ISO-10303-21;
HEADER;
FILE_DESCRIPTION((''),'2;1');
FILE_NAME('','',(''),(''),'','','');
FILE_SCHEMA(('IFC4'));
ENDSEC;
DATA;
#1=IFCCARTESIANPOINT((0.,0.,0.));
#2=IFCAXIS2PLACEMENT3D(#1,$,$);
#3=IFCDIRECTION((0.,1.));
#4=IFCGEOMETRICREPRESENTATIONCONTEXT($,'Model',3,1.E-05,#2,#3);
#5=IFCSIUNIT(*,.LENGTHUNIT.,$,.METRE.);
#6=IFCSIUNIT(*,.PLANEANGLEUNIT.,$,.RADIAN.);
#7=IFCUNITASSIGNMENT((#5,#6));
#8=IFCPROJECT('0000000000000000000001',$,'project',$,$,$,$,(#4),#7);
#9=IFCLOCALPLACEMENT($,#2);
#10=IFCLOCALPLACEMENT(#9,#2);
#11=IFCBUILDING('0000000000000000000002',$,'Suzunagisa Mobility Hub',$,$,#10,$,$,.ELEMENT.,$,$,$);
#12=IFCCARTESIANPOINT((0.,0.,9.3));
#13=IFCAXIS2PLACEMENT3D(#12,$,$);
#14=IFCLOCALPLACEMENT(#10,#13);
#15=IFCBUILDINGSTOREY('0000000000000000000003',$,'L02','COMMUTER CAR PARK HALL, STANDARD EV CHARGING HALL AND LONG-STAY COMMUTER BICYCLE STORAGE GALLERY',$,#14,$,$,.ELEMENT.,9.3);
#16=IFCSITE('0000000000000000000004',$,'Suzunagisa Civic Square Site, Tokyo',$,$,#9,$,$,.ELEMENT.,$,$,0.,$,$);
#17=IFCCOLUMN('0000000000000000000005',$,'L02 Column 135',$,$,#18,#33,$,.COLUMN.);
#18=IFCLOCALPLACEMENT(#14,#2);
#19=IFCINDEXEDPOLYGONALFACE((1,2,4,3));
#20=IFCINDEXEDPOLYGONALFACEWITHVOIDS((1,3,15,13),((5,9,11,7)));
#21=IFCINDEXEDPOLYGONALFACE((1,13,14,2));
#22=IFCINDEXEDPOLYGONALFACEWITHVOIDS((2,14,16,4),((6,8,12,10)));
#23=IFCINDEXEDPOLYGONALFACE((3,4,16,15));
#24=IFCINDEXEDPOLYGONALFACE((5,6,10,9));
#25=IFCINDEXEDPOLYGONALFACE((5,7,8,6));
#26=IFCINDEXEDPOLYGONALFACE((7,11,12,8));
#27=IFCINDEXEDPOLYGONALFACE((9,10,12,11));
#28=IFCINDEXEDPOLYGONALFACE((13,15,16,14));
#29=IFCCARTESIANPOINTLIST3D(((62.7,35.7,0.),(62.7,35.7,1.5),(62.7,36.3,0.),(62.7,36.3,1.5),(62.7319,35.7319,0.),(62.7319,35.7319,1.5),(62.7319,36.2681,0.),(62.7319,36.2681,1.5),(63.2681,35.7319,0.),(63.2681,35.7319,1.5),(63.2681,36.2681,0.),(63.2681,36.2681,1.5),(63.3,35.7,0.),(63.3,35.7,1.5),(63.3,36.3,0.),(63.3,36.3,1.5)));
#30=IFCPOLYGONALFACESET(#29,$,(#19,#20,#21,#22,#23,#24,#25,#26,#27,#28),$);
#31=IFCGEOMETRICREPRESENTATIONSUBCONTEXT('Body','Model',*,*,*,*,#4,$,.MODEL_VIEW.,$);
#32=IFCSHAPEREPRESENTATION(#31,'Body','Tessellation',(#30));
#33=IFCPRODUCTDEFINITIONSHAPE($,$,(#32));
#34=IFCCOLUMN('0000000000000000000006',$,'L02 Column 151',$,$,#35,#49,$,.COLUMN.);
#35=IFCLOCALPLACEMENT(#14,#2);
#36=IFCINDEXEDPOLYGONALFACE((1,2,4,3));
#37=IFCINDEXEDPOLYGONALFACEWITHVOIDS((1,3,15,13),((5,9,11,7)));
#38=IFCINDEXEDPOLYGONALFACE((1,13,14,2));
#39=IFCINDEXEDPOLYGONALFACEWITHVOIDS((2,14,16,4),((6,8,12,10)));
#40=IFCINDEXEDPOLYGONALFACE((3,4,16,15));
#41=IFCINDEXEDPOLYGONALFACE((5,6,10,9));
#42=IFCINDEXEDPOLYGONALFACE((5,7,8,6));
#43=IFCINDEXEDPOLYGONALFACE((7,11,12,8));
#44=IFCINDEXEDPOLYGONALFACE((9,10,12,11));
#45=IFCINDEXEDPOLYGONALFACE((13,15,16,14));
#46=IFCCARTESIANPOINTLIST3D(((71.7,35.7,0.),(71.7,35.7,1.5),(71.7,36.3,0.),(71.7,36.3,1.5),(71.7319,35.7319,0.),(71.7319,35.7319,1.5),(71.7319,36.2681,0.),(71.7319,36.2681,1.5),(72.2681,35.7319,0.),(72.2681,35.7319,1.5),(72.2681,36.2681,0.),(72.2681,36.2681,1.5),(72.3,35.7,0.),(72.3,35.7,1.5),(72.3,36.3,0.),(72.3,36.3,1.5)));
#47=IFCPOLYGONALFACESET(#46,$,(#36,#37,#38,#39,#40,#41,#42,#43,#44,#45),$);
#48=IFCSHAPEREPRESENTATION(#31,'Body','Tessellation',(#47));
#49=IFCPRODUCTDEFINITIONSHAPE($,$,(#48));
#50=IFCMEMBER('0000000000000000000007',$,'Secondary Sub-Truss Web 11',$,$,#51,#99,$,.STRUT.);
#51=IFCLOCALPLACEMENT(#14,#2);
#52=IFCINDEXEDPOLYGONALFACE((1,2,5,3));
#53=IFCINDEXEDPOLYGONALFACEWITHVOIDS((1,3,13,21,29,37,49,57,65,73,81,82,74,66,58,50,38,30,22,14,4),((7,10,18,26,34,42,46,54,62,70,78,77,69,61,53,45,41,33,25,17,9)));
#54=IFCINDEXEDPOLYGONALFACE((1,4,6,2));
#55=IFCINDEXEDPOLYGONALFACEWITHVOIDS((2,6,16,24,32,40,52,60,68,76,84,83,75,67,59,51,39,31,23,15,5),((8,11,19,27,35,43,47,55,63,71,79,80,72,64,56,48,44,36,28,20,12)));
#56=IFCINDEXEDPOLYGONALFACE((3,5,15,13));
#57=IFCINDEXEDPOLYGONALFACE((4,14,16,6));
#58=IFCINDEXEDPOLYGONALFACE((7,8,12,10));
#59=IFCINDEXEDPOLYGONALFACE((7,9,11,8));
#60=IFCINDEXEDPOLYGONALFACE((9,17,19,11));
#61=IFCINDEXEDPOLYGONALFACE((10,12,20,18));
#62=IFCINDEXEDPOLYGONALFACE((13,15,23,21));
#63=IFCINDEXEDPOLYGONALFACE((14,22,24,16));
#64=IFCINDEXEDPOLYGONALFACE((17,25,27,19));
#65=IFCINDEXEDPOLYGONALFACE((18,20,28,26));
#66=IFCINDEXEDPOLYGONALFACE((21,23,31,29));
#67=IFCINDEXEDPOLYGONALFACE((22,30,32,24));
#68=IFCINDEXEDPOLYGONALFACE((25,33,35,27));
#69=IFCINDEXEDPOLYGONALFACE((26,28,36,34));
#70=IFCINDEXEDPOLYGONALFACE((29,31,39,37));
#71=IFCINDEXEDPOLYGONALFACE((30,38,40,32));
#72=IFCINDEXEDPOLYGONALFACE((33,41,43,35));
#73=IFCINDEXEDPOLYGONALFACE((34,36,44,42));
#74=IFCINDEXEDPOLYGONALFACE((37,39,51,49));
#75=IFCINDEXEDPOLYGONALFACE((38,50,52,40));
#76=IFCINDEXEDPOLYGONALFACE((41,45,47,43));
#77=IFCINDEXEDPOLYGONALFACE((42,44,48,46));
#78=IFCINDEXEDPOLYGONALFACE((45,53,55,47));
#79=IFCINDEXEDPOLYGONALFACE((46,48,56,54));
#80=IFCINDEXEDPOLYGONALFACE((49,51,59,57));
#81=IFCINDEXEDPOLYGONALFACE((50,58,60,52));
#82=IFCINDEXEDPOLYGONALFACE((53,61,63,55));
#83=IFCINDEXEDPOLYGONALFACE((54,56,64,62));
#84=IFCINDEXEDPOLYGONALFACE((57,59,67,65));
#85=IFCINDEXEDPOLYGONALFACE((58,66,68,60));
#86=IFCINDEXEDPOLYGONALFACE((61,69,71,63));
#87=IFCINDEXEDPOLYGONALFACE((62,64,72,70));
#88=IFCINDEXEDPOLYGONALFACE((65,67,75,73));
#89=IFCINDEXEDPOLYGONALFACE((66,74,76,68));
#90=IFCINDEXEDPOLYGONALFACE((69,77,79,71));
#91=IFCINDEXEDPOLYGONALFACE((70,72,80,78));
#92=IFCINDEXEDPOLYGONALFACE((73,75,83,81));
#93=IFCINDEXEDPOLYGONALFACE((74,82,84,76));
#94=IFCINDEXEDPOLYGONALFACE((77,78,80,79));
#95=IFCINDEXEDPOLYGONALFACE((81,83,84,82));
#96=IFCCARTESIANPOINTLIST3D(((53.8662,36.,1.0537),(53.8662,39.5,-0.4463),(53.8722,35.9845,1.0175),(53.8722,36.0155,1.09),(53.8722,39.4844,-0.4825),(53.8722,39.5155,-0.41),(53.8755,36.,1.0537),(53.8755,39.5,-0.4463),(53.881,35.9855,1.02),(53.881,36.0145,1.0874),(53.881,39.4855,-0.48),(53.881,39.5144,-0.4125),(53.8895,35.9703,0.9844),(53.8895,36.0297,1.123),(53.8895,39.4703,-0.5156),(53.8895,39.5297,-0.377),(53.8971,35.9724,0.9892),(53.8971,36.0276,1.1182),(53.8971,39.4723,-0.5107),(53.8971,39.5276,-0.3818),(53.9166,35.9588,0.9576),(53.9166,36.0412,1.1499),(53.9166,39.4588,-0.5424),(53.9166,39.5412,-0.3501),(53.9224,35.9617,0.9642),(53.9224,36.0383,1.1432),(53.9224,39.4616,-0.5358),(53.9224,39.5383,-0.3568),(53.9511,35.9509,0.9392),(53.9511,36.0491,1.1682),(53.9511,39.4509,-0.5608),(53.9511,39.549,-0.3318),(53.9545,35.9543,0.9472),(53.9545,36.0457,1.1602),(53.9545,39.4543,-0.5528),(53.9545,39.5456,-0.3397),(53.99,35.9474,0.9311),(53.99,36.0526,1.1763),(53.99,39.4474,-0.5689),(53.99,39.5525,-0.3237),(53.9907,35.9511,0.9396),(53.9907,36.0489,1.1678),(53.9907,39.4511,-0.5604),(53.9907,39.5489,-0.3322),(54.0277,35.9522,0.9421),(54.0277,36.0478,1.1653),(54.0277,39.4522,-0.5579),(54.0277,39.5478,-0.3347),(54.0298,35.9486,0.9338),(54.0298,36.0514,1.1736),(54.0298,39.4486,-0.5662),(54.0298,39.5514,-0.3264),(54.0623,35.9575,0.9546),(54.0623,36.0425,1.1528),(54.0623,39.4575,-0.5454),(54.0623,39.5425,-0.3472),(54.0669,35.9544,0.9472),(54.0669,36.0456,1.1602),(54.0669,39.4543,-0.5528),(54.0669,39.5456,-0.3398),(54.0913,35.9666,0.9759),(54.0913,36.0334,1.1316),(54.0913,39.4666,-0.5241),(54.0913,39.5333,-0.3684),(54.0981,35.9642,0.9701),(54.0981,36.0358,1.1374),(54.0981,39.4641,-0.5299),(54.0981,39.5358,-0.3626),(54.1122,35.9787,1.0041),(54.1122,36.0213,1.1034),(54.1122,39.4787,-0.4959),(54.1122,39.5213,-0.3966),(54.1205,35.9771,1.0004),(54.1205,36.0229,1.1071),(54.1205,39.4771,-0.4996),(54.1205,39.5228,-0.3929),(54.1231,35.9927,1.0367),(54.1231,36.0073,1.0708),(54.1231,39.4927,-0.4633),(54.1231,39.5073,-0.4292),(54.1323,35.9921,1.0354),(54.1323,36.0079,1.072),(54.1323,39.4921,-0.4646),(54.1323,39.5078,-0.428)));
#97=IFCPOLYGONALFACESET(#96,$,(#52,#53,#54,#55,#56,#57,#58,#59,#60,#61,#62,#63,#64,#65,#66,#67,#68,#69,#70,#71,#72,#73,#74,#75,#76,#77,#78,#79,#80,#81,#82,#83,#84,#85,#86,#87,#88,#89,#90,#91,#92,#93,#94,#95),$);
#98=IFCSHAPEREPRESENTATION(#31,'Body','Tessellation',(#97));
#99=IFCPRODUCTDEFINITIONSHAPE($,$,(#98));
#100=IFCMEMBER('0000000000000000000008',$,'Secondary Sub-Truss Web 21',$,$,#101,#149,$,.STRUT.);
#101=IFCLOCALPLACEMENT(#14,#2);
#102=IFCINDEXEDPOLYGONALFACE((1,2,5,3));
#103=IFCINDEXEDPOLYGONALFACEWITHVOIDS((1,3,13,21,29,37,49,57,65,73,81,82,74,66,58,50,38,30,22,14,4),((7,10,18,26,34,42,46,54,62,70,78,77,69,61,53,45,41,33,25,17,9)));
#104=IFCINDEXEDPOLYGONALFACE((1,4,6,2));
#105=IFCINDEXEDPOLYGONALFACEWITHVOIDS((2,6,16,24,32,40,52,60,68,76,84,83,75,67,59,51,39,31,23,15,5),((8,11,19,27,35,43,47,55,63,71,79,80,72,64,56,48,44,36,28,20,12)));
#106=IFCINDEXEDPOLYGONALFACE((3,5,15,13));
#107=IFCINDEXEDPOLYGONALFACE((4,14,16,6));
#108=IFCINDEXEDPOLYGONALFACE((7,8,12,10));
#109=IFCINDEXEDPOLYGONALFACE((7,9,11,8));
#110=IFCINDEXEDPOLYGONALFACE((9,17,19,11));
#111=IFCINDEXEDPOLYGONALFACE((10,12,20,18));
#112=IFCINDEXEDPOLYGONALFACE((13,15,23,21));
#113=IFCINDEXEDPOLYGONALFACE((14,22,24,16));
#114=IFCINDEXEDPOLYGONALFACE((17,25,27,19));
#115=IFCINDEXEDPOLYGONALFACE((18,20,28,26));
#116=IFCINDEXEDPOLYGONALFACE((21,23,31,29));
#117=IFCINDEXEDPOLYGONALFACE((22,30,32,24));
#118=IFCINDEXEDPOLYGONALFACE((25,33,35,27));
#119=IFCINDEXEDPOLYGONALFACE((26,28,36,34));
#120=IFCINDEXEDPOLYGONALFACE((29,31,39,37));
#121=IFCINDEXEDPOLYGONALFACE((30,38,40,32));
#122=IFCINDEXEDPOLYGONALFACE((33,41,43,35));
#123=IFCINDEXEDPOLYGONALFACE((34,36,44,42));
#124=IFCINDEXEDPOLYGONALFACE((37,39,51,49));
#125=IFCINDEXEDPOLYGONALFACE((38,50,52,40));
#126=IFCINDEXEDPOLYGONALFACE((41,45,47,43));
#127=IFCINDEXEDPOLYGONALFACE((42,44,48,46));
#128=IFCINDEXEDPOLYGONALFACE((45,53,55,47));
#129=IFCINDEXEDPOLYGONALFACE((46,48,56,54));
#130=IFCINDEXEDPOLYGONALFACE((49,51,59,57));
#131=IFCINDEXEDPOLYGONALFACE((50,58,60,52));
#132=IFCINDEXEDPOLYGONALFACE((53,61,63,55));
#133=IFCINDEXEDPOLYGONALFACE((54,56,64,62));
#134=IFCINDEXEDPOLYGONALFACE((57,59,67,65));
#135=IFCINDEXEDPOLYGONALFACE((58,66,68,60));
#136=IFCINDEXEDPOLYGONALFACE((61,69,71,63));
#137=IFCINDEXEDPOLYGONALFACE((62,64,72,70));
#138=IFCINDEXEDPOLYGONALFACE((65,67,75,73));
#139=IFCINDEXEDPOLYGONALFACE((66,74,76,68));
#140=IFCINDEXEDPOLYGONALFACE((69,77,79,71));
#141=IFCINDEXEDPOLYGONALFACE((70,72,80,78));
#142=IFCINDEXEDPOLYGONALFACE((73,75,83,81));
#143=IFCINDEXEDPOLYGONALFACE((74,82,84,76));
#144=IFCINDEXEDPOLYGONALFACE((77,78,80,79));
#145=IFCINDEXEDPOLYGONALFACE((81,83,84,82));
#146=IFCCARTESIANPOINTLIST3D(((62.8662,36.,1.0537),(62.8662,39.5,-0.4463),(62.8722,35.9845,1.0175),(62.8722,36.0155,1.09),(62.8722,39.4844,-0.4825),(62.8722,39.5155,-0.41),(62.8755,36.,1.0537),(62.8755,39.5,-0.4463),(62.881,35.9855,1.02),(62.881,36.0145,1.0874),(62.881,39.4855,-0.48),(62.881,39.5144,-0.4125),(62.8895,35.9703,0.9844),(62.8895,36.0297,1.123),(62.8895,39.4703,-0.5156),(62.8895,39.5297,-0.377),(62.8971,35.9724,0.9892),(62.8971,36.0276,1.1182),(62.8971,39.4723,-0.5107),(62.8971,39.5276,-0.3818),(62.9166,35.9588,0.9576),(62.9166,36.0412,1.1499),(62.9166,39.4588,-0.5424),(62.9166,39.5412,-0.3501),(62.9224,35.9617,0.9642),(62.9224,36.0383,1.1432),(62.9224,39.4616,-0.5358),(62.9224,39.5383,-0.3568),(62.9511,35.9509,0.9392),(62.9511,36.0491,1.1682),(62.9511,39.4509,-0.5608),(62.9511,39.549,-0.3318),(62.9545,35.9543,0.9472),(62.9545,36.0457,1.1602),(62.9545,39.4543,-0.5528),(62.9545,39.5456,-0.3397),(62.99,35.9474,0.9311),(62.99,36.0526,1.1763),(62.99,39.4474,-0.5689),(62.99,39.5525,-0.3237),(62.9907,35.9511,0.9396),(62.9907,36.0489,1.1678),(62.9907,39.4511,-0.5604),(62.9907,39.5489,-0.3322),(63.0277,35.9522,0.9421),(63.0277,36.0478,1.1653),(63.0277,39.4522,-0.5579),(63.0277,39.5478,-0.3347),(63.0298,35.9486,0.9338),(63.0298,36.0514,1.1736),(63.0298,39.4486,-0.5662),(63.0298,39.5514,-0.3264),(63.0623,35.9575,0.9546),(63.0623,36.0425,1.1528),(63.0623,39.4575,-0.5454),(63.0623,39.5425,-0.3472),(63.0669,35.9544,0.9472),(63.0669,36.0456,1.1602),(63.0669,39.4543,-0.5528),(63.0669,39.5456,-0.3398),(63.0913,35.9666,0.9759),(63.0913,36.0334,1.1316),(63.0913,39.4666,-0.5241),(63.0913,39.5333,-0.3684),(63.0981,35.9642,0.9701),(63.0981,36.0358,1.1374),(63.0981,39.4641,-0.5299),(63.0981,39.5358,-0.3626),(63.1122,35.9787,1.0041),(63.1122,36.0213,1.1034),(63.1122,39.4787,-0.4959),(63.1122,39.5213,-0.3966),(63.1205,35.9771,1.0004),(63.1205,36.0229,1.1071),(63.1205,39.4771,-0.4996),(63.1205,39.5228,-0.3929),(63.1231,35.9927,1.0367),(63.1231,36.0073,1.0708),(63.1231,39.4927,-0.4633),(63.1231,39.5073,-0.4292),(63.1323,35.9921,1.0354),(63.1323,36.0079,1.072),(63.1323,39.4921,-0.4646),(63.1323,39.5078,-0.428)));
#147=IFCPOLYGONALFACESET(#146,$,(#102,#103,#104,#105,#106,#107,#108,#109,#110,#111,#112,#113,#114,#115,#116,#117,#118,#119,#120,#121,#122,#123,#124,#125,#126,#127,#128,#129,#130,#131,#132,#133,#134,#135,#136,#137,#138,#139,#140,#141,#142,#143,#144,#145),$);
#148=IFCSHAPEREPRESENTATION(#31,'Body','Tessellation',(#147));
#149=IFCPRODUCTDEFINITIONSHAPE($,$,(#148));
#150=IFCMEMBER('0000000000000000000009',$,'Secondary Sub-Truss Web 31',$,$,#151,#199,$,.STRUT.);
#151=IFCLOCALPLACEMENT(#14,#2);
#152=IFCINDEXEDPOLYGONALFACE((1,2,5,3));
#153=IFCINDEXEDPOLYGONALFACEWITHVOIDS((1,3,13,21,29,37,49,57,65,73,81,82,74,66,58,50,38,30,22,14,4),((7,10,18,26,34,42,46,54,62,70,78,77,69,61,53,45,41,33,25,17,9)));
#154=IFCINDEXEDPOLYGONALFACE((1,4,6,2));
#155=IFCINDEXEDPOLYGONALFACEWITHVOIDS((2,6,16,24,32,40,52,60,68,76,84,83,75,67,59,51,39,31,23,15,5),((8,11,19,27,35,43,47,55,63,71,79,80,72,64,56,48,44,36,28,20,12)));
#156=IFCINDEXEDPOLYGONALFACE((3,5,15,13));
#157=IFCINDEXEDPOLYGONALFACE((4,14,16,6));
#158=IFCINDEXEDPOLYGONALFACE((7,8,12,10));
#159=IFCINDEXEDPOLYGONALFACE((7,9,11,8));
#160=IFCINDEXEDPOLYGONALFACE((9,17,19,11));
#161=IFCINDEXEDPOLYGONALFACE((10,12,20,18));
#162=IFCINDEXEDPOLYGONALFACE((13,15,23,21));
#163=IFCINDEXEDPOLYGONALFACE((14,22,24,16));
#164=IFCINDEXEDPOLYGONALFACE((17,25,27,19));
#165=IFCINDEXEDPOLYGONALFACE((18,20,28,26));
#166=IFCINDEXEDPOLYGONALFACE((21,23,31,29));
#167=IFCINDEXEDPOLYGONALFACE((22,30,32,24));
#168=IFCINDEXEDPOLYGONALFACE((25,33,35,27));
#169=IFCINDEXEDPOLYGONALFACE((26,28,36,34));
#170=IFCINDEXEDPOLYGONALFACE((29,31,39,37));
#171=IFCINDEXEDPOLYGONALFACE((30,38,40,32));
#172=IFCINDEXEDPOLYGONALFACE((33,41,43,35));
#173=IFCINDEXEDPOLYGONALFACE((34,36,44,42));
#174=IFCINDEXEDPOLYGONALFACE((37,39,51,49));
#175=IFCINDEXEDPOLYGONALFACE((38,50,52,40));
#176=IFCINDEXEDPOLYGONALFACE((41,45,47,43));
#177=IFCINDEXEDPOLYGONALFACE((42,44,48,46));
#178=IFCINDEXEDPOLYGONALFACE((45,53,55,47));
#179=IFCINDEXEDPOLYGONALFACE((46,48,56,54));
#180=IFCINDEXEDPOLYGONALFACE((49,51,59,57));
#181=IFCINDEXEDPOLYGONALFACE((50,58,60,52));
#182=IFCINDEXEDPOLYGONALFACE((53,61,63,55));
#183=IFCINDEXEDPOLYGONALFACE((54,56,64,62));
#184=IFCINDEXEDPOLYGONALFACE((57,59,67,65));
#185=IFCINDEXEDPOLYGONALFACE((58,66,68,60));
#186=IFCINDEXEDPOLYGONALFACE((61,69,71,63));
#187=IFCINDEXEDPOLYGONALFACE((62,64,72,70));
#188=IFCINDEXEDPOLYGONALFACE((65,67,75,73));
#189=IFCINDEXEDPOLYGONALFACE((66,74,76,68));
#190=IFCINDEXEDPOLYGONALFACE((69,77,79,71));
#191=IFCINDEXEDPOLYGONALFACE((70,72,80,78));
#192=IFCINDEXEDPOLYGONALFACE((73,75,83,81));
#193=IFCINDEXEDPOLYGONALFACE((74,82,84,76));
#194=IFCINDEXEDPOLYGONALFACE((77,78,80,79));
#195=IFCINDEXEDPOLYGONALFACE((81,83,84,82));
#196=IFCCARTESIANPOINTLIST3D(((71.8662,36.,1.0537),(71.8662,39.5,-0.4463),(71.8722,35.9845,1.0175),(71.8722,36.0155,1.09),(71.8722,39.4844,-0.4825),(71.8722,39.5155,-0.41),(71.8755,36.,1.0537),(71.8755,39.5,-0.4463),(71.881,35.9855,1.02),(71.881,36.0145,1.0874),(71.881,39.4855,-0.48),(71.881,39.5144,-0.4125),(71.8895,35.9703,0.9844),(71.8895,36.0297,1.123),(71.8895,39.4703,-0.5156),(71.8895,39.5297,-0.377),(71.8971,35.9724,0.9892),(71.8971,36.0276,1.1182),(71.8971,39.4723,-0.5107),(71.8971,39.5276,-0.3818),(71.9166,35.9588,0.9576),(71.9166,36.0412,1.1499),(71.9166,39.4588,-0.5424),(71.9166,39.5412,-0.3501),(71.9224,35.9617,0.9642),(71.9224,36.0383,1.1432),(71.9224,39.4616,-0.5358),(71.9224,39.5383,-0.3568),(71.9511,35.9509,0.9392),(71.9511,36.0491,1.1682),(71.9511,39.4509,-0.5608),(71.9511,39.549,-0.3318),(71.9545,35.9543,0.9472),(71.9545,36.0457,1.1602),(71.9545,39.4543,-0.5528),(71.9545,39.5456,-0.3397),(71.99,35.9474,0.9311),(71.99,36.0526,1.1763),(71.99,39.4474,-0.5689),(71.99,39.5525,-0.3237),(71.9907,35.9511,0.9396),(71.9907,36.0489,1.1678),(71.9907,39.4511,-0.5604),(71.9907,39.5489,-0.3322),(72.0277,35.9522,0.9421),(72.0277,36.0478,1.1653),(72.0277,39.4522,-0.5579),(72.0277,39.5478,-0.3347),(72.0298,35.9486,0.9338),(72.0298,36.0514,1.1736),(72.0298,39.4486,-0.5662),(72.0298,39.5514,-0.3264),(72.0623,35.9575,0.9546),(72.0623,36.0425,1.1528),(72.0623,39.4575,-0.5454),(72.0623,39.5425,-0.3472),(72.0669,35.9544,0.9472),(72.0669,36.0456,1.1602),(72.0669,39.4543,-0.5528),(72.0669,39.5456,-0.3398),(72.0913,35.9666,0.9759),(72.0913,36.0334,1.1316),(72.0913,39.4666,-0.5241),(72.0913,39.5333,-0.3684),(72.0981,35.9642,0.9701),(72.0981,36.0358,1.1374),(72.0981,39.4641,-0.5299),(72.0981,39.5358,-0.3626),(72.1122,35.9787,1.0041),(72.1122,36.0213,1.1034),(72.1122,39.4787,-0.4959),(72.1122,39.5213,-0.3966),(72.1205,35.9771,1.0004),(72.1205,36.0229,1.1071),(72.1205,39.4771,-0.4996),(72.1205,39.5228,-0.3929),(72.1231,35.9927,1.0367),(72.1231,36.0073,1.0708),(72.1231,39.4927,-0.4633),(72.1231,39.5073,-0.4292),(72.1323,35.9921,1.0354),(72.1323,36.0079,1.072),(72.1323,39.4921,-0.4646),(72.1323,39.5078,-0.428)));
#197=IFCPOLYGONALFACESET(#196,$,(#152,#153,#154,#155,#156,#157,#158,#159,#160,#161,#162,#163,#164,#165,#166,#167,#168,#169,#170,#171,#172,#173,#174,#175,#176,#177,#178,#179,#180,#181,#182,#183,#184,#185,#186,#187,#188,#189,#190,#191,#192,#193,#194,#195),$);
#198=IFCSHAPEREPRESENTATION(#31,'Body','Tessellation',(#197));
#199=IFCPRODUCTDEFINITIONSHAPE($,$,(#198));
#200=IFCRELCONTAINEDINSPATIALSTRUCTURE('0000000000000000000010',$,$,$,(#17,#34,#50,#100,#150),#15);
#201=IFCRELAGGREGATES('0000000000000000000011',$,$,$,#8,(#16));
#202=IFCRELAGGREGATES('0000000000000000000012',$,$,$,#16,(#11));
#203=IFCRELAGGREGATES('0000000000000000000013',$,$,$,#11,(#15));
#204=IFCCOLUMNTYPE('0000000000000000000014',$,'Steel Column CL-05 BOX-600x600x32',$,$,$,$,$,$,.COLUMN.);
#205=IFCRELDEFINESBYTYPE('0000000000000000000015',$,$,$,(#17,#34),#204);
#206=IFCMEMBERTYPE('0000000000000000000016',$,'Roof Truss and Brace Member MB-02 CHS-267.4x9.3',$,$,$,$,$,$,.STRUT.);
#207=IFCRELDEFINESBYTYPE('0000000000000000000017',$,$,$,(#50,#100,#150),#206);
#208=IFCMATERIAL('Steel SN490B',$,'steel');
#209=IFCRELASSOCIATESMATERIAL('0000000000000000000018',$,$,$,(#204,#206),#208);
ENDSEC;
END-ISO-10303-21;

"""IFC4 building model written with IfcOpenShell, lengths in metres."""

from ifc_helpers import new_model, si_unit, direction, frame, origin, origin_2d, place, context, subcontext, project, spatial, hollow_rectangle, hollow_circle, extrude, material, material_profile, profile_set, type_object, element, save


model = new_model("IFC4")

# Units and contexts
model_context = context("Model", 3, precision=1e-05, world=origin(), true_north=direction((0.0, 1.0)))
body_context = subcontext(model_context, "Body", "Model", "MODEL_VIEW")
ifc_project = project(units=[si_unit("LENGTHUNIT", "METRE"), si_unit("PLANEANGLEUNIT", "RADIAN")], contexts=[model_context])

# Site, building, storey
site_placement = place(None, origin())
site = spatial("IfcSite", under=ifc_project, at=site_placement, Name="Suzunagisa Civic Square Site, Tokyo", CompositionType="ELEMENT", RefElevation=0.0)
building_placement = place(site_placement, origin())
building = spatial("IfcBuilding", under=site, at=building_placement, Name="Suzunagisa Mobility Hub", CompositionType="ELEMENT")
storey_placement = place(building_placement, frame((0.0, 0.0, 9.3)))
storey = spatial("IfcBuildingStorey", under=building, at=storey_placement, Name="L02", Description="COMMUTER CAR PARK HALL, STANDARD EV CHARGING HALL AND LONG-STAY COMMUTER BICYCLE STORAGE GALLERY", CompositionType="ELEMENT", Elevation=9.3)

# Columns
ifc_material_1 = material(Name="Steel SN490B", Category="steel")
ifc_material_profile_1 = material_profile(ifc_material_1, hollow_rectangle(XDim=0.6001, YDim=0.6001, WallThickness=0.032, at=origin_2d()), Name="BOX-600x600x32")
ifc_profile_set_1 = profile_set([ifc_material_profile_1], Name="Steel SN490B")
column_type = type_object("IfcColumnType", Name="Steel Column CL-05 BOX-600x600x32", PredefinedType="COLUMN", material=ifc_profile_set_1)
for number, where, z_axis, x_axis, name in (
    (1, (63.0, 36.0, 0.0), (0.0, 0.0, 1.0), (1.0, 0.0, 0.0), "L02 Column 135"),
    (2, (72.0, 36.0, 0.0), (0.0, 0.0, 1.0), (1.0, 0.0, 0.0), "L02 Column 151"),
):
    element("IfcColumn", number, at=place(storey_placement, frame(where, z_axis=z_axis, x_axis=x_axis)), inside=storey, type_object=column_type, Name=name, PredefinedType="COLUMN", context=body_context, shape_type="SweptSolid", body=[
        extrude(hollow_rectangle(XDim=0.6001, YDim=0.6001, WallThickness=0.032, at=origin_2d()), origin(), (0.0, 0.0, 1.0), 1.5),
    ])

# Members
ifc_material_profile_2 = material_profile(ifc_material_1, hollow_circle(Radius=0.1338, WallThickness=0.0093, at=origin_2d()), Name="CHS-267.4x9.3")
ifc_profile_set_2 = profile_set([ifc_material_profile_2], Name="Steel SN490B")
member_type_1 = type_object("IfcMemberType", Name="Roof Truss and Brace Member MB-02 CHS-267.4x9.3", PredefinedType="STRUT", material=ifc_profile_set_2)
for number, where, z_axis, x_axis, name in (
    (3, (54.0, 36.0, 1.0537), (0.0, 0.919145, -0.393919), (-1.0, 0.0, 0.0), "Secondary Sub-Truss Web 11"),
    (4, (63.0, 36.0, 1.0537), (0.0, 0.919145, -0.393919), (-1.0, 0.0, 0.0), "Secondary Sub-Truss Web 21"),
    (5, (72.0, 36.0, 1.0537), (0.0, 0.919145, -0.393919), (-1.0, 0.0, 0.0), "Secondary Sub-Truss Web 31"),
):
    element("IfcMember", number, at=place(storey_placement, frame(where, z_axis=z_axis, x_axis=x_axis)), inside=storey, type_object=member_type_1, Name=name, PredefinedType="STRUT", context=body_context, shape_type="SweptSolid", body=[
        extrude(hollow_circle(Radius=0.1338, WallThickness=0.0093, at=origin_2d()), origin(), (0.0, 0.0, 1.0), 3.8079),
    ])

save(model, "model.ifc")
